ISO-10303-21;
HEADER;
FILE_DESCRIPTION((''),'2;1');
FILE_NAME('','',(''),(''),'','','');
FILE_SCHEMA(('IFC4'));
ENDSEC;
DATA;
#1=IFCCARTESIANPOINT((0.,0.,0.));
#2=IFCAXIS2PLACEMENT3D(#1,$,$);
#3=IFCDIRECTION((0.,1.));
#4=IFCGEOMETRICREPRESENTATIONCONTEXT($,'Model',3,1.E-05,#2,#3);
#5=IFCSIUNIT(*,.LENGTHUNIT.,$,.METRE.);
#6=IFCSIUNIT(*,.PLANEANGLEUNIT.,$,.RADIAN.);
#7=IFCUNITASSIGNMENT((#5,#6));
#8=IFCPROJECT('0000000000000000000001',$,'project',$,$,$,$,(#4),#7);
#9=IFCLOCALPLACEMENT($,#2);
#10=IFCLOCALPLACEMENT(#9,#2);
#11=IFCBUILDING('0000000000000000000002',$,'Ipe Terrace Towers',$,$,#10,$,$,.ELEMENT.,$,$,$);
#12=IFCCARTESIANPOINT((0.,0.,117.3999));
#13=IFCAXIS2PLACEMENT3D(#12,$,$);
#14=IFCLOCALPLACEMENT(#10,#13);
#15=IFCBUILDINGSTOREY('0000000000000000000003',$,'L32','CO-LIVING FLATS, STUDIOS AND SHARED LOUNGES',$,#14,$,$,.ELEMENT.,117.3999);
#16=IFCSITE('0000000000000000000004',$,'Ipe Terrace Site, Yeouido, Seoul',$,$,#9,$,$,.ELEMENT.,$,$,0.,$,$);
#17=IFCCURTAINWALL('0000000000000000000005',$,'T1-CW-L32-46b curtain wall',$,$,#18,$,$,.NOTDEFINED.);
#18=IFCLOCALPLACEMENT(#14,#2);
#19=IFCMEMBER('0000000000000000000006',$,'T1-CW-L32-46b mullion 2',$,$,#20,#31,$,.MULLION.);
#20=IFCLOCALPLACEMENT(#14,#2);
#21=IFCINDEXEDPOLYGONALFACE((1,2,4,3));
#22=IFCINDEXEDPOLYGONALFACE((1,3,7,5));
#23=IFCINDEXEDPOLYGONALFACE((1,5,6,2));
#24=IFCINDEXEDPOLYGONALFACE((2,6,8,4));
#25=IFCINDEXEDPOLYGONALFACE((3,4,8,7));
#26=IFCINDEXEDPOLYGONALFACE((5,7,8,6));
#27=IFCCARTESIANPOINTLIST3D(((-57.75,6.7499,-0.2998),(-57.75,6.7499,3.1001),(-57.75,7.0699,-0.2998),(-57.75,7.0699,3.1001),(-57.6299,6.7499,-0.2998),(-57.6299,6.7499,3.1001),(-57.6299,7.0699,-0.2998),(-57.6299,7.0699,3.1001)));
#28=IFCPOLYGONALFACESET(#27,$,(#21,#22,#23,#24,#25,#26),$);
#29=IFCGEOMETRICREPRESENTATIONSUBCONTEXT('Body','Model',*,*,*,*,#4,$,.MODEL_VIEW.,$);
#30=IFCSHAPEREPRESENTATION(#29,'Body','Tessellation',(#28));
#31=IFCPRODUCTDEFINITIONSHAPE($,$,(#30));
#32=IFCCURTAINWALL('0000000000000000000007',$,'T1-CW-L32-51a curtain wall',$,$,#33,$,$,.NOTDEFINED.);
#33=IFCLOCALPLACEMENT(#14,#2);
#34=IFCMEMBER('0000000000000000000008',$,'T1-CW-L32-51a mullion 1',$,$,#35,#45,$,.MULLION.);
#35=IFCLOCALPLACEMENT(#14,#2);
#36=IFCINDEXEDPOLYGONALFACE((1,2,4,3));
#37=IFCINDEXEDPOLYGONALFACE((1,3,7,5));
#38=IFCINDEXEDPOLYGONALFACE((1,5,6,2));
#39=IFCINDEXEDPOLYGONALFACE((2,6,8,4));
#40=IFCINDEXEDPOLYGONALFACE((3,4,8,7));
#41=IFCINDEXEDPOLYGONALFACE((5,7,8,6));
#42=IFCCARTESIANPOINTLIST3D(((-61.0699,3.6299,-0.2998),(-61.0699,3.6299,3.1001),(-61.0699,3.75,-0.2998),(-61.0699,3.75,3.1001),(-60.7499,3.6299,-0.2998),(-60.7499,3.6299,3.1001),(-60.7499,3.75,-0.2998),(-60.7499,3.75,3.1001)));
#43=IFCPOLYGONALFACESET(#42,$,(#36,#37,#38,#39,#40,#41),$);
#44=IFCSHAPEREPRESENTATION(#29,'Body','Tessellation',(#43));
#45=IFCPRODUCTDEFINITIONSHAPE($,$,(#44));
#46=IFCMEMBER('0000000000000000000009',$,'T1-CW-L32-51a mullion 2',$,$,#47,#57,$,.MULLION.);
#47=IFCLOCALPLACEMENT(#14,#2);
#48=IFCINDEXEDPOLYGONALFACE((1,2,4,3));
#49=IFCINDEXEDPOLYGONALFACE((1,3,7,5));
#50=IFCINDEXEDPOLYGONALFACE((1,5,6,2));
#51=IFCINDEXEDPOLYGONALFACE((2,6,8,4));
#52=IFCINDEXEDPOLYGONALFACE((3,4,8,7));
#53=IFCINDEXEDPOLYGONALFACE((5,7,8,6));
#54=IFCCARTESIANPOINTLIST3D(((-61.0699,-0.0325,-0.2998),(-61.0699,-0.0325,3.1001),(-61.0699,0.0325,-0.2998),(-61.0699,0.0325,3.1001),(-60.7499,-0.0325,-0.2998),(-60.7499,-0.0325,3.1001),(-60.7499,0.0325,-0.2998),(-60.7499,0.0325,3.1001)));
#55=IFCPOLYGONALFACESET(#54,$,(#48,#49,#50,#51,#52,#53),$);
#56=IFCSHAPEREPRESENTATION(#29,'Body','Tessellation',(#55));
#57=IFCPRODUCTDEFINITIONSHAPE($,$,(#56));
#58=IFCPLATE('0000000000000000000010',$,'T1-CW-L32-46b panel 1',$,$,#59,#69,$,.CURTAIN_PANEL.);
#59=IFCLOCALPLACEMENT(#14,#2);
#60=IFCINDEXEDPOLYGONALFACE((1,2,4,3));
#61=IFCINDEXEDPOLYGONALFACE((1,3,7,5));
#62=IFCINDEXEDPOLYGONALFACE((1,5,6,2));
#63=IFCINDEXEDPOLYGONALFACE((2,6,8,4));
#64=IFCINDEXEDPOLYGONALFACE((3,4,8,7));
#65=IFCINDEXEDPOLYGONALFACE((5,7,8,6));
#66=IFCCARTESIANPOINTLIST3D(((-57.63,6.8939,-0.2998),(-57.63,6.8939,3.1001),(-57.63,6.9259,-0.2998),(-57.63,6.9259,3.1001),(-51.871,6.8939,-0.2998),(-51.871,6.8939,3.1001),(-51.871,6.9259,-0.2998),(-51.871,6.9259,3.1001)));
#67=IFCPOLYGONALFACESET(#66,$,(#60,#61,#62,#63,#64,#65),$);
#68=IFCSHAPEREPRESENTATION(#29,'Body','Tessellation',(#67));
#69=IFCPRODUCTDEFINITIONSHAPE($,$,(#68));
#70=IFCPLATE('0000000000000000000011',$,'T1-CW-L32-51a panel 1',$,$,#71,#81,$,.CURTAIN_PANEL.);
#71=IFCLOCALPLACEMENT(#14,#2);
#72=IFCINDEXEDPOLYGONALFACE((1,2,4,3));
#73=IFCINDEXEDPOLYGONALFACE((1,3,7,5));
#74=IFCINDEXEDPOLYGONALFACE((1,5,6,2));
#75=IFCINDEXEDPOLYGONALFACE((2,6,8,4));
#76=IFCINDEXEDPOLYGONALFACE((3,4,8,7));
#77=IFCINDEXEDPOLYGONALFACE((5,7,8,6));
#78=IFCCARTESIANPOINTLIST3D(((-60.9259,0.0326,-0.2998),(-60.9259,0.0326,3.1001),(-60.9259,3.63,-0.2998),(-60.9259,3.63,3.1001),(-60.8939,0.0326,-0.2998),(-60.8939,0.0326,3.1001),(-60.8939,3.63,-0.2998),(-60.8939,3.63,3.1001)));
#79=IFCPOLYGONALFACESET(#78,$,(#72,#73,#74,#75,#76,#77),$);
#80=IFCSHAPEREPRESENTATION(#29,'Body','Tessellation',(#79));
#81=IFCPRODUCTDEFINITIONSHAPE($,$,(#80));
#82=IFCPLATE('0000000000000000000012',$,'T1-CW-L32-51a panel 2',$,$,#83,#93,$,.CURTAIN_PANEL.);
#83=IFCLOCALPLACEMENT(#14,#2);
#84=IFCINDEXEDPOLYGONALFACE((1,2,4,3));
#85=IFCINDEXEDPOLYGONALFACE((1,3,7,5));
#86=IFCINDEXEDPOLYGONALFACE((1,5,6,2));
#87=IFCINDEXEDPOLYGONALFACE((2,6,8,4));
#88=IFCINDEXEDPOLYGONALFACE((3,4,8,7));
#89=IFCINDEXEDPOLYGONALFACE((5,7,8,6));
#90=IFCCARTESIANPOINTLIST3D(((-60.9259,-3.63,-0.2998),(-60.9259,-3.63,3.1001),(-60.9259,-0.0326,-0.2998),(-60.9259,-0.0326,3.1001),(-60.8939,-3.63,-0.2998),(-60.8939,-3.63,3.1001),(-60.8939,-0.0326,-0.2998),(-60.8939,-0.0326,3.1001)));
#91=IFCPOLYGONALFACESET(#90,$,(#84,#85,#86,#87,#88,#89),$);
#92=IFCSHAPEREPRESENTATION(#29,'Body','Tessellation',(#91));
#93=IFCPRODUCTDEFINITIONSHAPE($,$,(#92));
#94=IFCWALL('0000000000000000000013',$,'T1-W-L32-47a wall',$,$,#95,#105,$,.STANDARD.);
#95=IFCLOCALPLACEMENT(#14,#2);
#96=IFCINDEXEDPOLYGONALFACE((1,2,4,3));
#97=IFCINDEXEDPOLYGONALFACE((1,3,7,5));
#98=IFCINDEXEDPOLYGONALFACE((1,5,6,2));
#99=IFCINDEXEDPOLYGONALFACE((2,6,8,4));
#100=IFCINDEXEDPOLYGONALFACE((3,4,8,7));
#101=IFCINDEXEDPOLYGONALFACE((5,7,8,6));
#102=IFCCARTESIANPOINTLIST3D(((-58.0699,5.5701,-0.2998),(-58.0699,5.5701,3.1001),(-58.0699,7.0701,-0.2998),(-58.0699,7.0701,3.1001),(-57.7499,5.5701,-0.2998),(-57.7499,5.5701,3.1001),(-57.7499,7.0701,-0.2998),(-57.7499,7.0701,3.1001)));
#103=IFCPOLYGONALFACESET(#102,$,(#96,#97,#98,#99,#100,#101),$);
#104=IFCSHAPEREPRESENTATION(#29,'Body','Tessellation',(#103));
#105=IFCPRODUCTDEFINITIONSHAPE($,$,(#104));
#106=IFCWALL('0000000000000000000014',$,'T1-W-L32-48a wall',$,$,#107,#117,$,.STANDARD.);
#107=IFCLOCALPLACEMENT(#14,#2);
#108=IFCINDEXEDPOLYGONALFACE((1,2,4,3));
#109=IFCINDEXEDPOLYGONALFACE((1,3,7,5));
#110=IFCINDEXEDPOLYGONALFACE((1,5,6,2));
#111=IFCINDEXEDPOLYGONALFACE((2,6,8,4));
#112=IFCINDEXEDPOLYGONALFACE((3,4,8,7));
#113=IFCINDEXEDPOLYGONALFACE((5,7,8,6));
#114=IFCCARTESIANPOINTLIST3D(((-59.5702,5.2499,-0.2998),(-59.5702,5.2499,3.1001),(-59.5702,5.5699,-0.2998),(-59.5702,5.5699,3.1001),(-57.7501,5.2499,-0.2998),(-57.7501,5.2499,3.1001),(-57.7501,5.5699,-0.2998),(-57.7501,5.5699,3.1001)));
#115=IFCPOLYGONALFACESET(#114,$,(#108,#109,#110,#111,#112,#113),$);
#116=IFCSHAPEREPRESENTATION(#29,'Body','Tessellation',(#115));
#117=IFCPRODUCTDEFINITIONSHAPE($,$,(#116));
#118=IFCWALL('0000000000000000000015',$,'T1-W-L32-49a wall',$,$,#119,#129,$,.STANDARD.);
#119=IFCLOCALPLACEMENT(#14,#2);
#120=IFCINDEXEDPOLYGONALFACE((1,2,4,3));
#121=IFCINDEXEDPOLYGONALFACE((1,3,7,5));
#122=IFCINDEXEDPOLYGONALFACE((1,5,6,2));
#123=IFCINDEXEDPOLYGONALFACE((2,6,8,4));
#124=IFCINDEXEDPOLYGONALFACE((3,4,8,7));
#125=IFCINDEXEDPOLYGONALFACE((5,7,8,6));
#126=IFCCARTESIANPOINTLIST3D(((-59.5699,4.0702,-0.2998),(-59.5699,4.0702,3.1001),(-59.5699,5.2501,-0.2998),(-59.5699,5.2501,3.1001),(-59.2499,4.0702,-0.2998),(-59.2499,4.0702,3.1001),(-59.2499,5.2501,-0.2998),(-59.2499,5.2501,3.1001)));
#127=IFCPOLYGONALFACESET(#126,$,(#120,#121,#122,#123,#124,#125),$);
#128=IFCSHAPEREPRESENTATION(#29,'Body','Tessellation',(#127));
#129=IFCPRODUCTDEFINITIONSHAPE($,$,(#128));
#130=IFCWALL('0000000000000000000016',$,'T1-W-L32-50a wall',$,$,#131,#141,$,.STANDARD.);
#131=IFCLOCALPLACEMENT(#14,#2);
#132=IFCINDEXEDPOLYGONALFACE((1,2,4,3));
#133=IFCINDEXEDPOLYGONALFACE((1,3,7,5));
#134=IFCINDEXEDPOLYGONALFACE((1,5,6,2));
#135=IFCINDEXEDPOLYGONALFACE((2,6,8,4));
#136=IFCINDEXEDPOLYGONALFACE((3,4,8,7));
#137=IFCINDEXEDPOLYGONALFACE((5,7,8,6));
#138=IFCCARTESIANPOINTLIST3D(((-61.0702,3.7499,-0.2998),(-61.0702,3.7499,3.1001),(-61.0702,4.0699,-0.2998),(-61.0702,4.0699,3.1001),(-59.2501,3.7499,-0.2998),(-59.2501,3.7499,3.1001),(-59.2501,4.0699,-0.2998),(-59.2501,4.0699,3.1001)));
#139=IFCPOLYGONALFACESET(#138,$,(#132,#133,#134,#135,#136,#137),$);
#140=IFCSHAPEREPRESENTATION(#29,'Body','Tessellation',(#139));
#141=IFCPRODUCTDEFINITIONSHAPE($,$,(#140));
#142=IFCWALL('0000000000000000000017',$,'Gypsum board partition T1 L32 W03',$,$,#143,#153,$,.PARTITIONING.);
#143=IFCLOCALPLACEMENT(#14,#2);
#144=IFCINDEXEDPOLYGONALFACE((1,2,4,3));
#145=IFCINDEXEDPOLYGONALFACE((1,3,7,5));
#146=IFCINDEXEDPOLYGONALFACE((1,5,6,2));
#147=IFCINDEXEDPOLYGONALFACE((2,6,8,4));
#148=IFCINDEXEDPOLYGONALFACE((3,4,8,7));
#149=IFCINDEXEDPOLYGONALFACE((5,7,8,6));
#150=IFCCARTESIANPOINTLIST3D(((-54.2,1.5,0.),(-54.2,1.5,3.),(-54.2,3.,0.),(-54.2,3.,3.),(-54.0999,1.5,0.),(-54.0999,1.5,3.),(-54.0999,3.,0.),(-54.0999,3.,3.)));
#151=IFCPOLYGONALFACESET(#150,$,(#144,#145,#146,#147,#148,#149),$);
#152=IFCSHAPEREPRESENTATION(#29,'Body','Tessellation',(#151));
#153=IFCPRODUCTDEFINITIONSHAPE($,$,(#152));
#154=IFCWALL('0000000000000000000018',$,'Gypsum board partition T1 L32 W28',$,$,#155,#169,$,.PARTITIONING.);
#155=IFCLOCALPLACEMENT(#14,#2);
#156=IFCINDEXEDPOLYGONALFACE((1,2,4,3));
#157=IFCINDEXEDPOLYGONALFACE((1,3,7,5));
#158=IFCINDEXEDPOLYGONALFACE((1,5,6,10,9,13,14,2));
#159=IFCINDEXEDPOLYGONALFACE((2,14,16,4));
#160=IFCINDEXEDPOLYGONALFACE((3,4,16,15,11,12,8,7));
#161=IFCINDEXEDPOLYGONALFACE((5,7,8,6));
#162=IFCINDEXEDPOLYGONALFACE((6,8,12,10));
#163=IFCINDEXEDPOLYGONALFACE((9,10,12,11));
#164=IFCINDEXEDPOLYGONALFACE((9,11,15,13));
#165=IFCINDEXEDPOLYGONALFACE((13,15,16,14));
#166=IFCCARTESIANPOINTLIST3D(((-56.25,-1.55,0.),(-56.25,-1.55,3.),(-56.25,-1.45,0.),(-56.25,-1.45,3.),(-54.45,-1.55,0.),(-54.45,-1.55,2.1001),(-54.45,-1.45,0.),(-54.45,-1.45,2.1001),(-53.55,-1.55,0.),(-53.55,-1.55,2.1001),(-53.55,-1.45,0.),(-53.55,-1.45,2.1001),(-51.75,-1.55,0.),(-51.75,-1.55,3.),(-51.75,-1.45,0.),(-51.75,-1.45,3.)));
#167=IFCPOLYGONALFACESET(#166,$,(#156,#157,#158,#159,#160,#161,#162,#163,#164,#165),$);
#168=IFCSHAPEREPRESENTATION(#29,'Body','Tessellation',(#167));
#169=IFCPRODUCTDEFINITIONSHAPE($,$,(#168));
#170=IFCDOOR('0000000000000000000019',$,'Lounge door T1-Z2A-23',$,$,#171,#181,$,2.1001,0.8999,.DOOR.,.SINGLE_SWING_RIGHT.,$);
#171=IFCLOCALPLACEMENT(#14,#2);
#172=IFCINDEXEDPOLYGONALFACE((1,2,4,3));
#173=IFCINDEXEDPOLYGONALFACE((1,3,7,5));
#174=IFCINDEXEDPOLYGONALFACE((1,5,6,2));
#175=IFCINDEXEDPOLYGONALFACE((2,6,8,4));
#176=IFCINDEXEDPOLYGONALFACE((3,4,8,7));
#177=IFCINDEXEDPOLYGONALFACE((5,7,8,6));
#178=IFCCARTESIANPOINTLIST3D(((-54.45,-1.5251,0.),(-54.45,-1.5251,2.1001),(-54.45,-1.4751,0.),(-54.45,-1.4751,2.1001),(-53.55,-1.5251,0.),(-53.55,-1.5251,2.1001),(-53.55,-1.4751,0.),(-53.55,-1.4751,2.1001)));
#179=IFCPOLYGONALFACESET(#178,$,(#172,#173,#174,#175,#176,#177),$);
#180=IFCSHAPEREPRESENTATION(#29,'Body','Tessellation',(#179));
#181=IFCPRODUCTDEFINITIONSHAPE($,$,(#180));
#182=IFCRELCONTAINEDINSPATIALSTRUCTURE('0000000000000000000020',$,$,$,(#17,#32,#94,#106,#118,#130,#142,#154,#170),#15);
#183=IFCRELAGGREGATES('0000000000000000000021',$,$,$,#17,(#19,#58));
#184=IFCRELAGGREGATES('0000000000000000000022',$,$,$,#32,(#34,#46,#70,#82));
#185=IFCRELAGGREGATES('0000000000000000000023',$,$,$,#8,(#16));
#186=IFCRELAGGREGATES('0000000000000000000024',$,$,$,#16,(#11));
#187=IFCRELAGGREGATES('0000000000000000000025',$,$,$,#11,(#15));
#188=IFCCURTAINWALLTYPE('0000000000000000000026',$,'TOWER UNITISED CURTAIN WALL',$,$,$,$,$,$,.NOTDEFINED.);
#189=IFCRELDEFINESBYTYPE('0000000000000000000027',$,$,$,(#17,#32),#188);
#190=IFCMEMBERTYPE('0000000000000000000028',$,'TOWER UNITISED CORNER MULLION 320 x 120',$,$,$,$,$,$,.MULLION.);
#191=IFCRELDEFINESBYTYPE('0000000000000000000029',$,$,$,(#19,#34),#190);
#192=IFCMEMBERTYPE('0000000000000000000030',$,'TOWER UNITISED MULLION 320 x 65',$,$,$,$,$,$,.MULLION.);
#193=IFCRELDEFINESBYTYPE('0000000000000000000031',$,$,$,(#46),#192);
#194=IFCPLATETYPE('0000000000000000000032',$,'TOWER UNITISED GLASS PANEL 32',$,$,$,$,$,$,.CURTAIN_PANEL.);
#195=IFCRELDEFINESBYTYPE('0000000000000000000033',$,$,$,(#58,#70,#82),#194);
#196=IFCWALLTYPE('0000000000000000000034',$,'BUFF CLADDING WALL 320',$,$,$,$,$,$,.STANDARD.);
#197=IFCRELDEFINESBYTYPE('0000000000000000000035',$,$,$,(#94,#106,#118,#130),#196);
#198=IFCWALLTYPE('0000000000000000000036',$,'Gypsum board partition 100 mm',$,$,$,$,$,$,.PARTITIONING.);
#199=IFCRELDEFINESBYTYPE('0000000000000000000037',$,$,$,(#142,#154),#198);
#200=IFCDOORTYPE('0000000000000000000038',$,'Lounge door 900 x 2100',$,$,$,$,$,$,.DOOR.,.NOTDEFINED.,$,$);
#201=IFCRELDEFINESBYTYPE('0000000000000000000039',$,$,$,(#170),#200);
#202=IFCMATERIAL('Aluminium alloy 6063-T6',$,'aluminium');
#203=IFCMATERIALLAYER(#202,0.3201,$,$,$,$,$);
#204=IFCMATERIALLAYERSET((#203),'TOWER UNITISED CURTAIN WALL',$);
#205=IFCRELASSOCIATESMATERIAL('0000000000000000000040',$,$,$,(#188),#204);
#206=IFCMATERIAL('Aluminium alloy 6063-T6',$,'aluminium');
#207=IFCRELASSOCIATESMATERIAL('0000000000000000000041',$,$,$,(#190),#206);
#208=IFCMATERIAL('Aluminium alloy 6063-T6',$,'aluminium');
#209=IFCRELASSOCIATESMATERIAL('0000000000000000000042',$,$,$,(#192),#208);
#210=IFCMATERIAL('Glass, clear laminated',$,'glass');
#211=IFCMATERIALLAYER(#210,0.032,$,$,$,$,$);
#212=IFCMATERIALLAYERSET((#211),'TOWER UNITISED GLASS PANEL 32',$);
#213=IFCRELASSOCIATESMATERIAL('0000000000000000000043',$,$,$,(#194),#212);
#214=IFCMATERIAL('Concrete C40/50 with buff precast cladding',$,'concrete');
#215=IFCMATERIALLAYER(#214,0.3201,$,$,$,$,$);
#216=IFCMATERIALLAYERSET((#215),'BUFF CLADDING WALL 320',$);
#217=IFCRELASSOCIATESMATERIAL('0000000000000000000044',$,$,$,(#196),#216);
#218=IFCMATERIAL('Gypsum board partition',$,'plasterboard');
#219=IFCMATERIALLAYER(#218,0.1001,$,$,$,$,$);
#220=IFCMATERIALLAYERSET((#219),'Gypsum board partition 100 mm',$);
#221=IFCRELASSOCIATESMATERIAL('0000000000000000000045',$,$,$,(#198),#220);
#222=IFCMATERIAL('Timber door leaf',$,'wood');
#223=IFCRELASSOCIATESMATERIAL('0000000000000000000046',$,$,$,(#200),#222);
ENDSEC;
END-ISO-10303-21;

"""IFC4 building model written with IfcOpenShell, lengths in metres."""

from ifc_helpers import new_model, si_unit, direction, frame, frame_2d, origin, origin_2d, place, context, subcontext, project, spatial, rectangle, extrude, material, layer, layer_set, material_profile, profile_set, type_object, element, fill, aggregate, save


model = new_model("IFC4")

# Units and contexts
model_context = context("Model", 3, precision=1e-05, world=origin(), true_north=direction((0.0, 1.0)))
body_context = subcontext(model_context, "Body", "Model", "MODEL_VIEW")
ifc_project = project(units=[si_unit("LENGTHUNIT", "METRE"), si_unit("PLANEANGLEUNIT", "RADIAN")], contexts=[model_context])

# Site, building, storey
site_placement = place(None, origin())
site = spatial("IfcSite", under=ifc_project, at=site_placement, Name="Ipe Terrace Site, Yeouido, Seoul", CompositionType="ELEMENT", RefElevation=0.0)
building_placement = place(site_placement, origin())
building = spatial("IfcBuilding", under=site, at=building_placement, Name="Ipe Terrace Towers", CompositionType="ELEMENT")
storey_placement = place(building_placement, frame((0.0, 0.0, 117.3999)))
storey = spatial("IfcBuildingStorey", under=building, at=storey_placement, Name="L32", Description="CO-LIVING FLATS, STUDIOS AND SHARED LOUNGES", CompositionType="ELEMENT", Elevation=117.3999)

# Curtain walls, members
ifc_material_1 = material(Name="Aluminium alloy 6063-T6", Category="aluminium")
ifc_layer_1 = layer(ifc_material_1, 0.3201)
ifc_layer_set_1 = layer_set([ifc_layer_1], Name="TOWER UNITISED CURTAIN WALL")
curtain_wall_type = type_object("IfcCurtainWallType", Name="TOWER UNITISED CURTAIN WALL", PredefinedType="NOTDEFINED", material=ifc_layer_set_1)
curtain_wall_1_placement = place(storey_placement, origin())
curtain_wall_1 = element("IfcCurtainWall", 1, at=curtain_wall_1_placement, inside=storey, type_object=curtain_wall_type, Name="T1-CW-L32-46b curtain wall", PredefinedType="NOTDEFINED")
ifc_material_2 = material(Name="Aluminium alloy 6063-T6", Category="aluminium")
ifc_material_profile_1 = material_profile(ifc_material_2, rectangle(XDim=0.3201, YDim=0.1201, at=origin_2d()), Name="TOWER UNITISED CORNER MULLION 320 x 120")
ifc_profile_set_1 = profile_set([ifc_material_profile_1], Name="Aluminium alloy 6063-T6")
member_type_1 = type_object("IfcMemberType", Name="TOWER UNITISED CORNER MULLION 320 x 120", PredefinedType="MULLION", material=ifc_profile_set_1)
member_1_placement = place(storey_placement, frame((-57.6899, 6.9099, -0.2998), z_axis=(0.0, 0.0, 1.0), x_axis=(0.0, 1.0, 0.0)))
member_1 = element("IfcMember", 2, at=member_1_placement, type_object=member_type_1, Name="T1-CW-L32-46b mullion 2", PredefinedType="MULLION", context=body_context, shape_type="SweptSolid", body=[
    extrude(rectangle(XDim=0.3201, YDim=0.1201, at=origin_2d()), origin(), (0.0, 0.0, 1.0), 3.3999),
])
curtain_wall_2_placement = place(storey_placement, origin())
curtain_wall_2 = element("IfcCurtainWall", 3, at=curtain_wall_2_placement, inside=storey, type_object=curtain_wall_type, Name="T1-CW-L32-51a curtain wall", PredefinedType="NOTDEFINED")
member_2_placement = place(storey_placement, frame((-60.9099, 3.6899, -0.2998), z_axis=(0.0, 0.0, 1.0), x_axis=(-1.0, 0.0, 0.0)))
member_2 = element("IfcMember", 4, at=member_2_placement, type_object=member_type_1, Name="T1-CW-L32-51a mullion 1", PredefinedType="MULLION", context=body_context, shape_type="SweptSolid", body=[
    extrude(rectangle(XDim=0.3201, YDim=0.1201, at=origin_2d()), origin(), (0.0, 0.0, 1.0), 3.3999),
])
ifc_material_3 = material(Name="Aluminium alloy 6063-T6", Category="aluminium")
ifc_material_profile_2 = material_profile(ifc_material_3, rectangle(XDim=0.3201, YDim=0.0649, at=origin_2d()), Name="TOWER UNITISED MULLION 320 x 65")
ifc_profile_set_2 = profile_set([ifc_material_profile_2], Name="Aluminium alloy 6063-T6")
member_type_2 = type_object("IfcMemberType", Name="TOWER UNITISED MULLION 320 x 65", PredefinedType="MULLION", material=ifc_profile_set_2)
member_3_placement = place(storey_placement, frame((-60.9099, 0.0, -0.2998), z_axis=(0.0, 0.0, 1.0), x_axis=(-1.0, 0.0, 0.0)))
member_3 = element("IfcMember", 5, at=member_3_placement, type_object=member_type_2, Name="T1-CW-L32-51a mullion 2", PredefinedType="MULLION", context=body_context, shape_type="SweptSolid", body=[
    extrude(rectangle(XDim=0.3201, YDim=0.0649, at=origin_2d()), origin(), (0.0, 0.0, 1.0), 3.3999),
])

# Plates
ifc_material_4 = material(Name="Glass, clear laminated", Category="glass")
ifc_layer_2 = layer(ifc_material_4, 0.032)
ifc_layer_set_2 = layer_set([ifc_layer_2], Name="TOWER UNITISED GLASS PANEL 32")
plate_type = type_object("IfcPlateType", Name="TOWER UNITISED GLASS PANEL 32", PredefinedType="CURTAIN_PANEL", material=ifc_layer_set_2)
plate_1_placement = place(storey_placement, frame((-54.7505, 6.9099, -0.2998), z_axis=(0.0, 0.0, 1.0), x_axis=(-1.0, 0.0, 0.0)))
plate_1 = element("IfcPlate", 6, at=plate_1_placement, type_object=plate_type, Name="T1-CW-L32-46b panel 1", PredefinedType="CURTAIN_PANEL", context=body_context, shape_type="SweptSolid", body=[
    extrude(rectangle(XDim=5.759, YDim=0.032, at=origin_2d()), origin(), (0.0, 0.0, 1.0), 3.3999),
])
aggregate(curtain_wall_1, [member_1, plate_1])
plate_2_placement = place(storey_placement, frame((-60.9099, 1.8313, -0.2998), z_axis=(0.0, 0.0, 1.0), x_axis=(0.0, -1.0, 0.0)))
plate_2 = element("IfcPlate", 7, at=plate_2_placement, type_object=plate_type, Name="T1-CW-L32-51a panel 1", PredefinedType="CURTAIN_PANEL", context=body_context, shape_type="SweptSolid", body=[
    extrude(rectangle(XDim=3.5974, YDim=0.032, at=origin_2d()), origin(), (0.0, 0.0, 1.0), 3.3999),
])
plate_3_placement = place(storey_placement, frame((-60.9099, -1.8313, -0.2998), z_axis=(0.0, 0.0, 1.0), x_axis=(0.0, -1.0, 0.0)))
plate_3 = element("IfcPlate", 8, at=plate_3_placement, type_object=plate_type, Name="T1-CW-L32-51a panel 2", PredefinedType="CURTAIN_PANEL", context=body_context, shape_type="SweptSolid", body=[
    extrude(rectangle(XDim=3.5974, YDim=0.032, at=origin_2d()), origin(), (0.0, 0.0, 1.0), 3.3999),
])
aggregate(curtain_wall_2, [member_2, member_3, plate_2, plate_3])

# Walls
ifc_material_5 = material(Name="Concrete C40/50 with buff precast cladding", Category="concrete")
ifc_layer_3 = layer(ifc_material_5, 0.3201)
ifc_layer_set_3 = layer_set([ifc_layer_3], Name="BUFF CLADDING WALL 320")
wall_type_1 = type_object("IfcWallType", Name="BUFF CLADDING WALL 320", PredefinedType="STANDARD", material=ifc_layer_set_3)
wall_1_placement = place(storey_placement, frame((-57.9099, 7.0701, -0.2998), z_axis=(0.0, 0.0, 1.0), x_axis=(0.0, -1.0, 0.0)))
element("IfcWall", 9, at=wall_1_placement, inside=storey, type_object=wall_type_1, Name="T1-W-L32-47a wall", PredefinedType="STANDARD", context=body_context, shape_type="SweptSolid", body=[
    extrude(rectangle(XDim=1.5, YDim=0.3201, at=frame_2d((0.75, 0.0))), origin(), (0.0, 0.0, 1.0), 3.3999),
])
wall_2_placement = place(storey_placement, frame((-57.75, 5.4099, -0.2998), z_axis=(0.0, 0.0, 1.0), x_axis=(-1.0, 0.0, 0.0)))
element("IfcWall", 10, at=wall_2_placement, inside=storey, type_object=wall_type_1, Name="T1-W-L32-48a wall", PredefinedType="STANDARD", context=body_context, shape_type="SweptSolid", body=[
    extrude(rectangle(XDim=1.8201, YDim=0.3201, at=frame_2d((0.9102, 0.0))), origin(), (0.0, 0.0, 1.0), 3.3999),
])
wall_3_placement = place(storey_placement, frame((-59.4099, 5.25, -0.2998), z_axis=(0.0, 0.0, 1.0), x_axis=(0.0, -1.0, 0.0)))
element("IfcWall", 11, at=wall_3_placement, inside=storey, type_object=wall_type_1, Name="T1-W-L32-49a wall", PredefinedType="STANDARD", context=body_context, shape_type="SweptSolid", body=[
    extrude(rectangle(XDim=1.1799, YDim=0.3201, at=frame_2d((0.5898, 0.0))), origin(), (0.0, 0.0, 1.0), 3.3999),
])
wall_4_placement = place(storey_placement, frame((-59.25, 3.9099, -0.2998), z_axis=(0.0, 0.0, 1.0), x_axis=(-1.0, 0.0, 0.0)))
element("IfcWall", 12, at=wall_4_placement, inside=storey, type_object=wall_type_1, Name="T1-W-L32-50a wall", PredefinedType="STANDARD", context=body_context, shape_type="SweptSolid", body=[
    extrude(rectangle(XDim=1.8201, YDim=0.3201, at=frame_2d((0.9102, 0.0))), origin(), (0.0, 0.0, 1.0), 3.3999),
])
ifc_material_6 = material(Name="Gypsum board partition", Category="plasterboard")
ifc_layer_4 = layer(ifc_material_6, 0.1001)
ifc_layer_set_4 = layer_set([ifc_layer_4], Name="Gypsum board partition 100 mm")
wall_type_2 = type_object("IfcWallType", Name="Gypsum board partition 100 mm", PredefinedType="PARTITIONING", material=ifc_layer_set_4)
wall_5_placement = place(storey_placement, frame((-54.1499, 1.5, 0.0), z_axis=(0.0, 0.0, 1.0), x_axis=(0.0, 1.0, 0.0)))
element("IfcWall", 13, at=wall_5_placement, inside=storey, type_object=wall_type_2, Name="Gypsum board partition T1 L32 W03", PredefinedType="PARTITIONING", context=body_context, shape_type="SweptSolid", body=[
    extrude(rectangle(XDim=1.5, YDim=0.1001, at=frame_2d((0.75, 0.0))), origin(), (0.0, 0.0, 1.0), 3.0),
])

# Wall, opening, door
wall_6_placement = place(storey_placement, frame((-56.25, -1.5, 0.0), z_axis=(0.0, 0.0, 1.0), x_axis=(1.0, 0.0, 0.0)))
wall_6 = element("IfcWall", 14, at=wall_6_placement, inside=storey, type_object=wall_type_2, Name="Gypsum board partition T1 L32 W28", PredefinedType="PARTITIONING", context=body_context, shape_type="SweptSolid", body=[
    extrude(rectangle(XDim=4.5, YDim=0.1001, at=frame_2d((2.25, 0.0))), origin(), (0.0, 0.0, 1.0), 3.0),
])
opening_1_placement = place(wall_6_placement, frame((1.8, 0.0, 0.0)))
opening_1 = element("IfcOpeningElement", 15, at=opening_1_placement, cuts=wall_6, PredefinedType="OPENING", context=body_context, shape_type="SweptSolid", body=[
    extrude(rectangle(XDim=0.8999, YDim=2.1001, at=frame_2d((0.45, 1.05))), frame((0.0, 0.0601, 0.0), z_axis=(0.0, -1.0, 0.0), x_axis=(1.0, 0.0, 0.0)), (0.0, 0.0, 1.0), 0.1201),
])
ifc_material_7 = material(Name="Timber door leaf", Category="wood")
door_type_1 = type_object("IfcDoorType", Name="Lounge door 900 x 2100", OperationType="NOTDEFINED", PredefinedType="DOOR", material=ifc_material_7)
door_1_placement = place(opening_1_placement, origin())
door_1 = element("IfcDoor", 16, at=door_1_placement, inside=storey, type_object=door_type_1, Name="Lounge door T1-Z2A-23", OperationType="SINGLE_SWING_RIGHT", OverallHeight=2.1001, OverallWidth=0.8999, PredefinedType="DOOR", context=body_context, shape_type="SweptSolid", body=[
    extrude(rectangle(XDim=0.8999, YDim=2.1001, at=frame_2d((0.45, 1.05))), frame((0.0, 0.0249, 0.0), z_axis=(0.0, -1.0, 0.0), x_axis=(1.0, 0.0, 0.0)), (0.0, 0.0, 1.0), 0.05),
])
fill(opening_1, door_1)

save(model, "model.ifc")
